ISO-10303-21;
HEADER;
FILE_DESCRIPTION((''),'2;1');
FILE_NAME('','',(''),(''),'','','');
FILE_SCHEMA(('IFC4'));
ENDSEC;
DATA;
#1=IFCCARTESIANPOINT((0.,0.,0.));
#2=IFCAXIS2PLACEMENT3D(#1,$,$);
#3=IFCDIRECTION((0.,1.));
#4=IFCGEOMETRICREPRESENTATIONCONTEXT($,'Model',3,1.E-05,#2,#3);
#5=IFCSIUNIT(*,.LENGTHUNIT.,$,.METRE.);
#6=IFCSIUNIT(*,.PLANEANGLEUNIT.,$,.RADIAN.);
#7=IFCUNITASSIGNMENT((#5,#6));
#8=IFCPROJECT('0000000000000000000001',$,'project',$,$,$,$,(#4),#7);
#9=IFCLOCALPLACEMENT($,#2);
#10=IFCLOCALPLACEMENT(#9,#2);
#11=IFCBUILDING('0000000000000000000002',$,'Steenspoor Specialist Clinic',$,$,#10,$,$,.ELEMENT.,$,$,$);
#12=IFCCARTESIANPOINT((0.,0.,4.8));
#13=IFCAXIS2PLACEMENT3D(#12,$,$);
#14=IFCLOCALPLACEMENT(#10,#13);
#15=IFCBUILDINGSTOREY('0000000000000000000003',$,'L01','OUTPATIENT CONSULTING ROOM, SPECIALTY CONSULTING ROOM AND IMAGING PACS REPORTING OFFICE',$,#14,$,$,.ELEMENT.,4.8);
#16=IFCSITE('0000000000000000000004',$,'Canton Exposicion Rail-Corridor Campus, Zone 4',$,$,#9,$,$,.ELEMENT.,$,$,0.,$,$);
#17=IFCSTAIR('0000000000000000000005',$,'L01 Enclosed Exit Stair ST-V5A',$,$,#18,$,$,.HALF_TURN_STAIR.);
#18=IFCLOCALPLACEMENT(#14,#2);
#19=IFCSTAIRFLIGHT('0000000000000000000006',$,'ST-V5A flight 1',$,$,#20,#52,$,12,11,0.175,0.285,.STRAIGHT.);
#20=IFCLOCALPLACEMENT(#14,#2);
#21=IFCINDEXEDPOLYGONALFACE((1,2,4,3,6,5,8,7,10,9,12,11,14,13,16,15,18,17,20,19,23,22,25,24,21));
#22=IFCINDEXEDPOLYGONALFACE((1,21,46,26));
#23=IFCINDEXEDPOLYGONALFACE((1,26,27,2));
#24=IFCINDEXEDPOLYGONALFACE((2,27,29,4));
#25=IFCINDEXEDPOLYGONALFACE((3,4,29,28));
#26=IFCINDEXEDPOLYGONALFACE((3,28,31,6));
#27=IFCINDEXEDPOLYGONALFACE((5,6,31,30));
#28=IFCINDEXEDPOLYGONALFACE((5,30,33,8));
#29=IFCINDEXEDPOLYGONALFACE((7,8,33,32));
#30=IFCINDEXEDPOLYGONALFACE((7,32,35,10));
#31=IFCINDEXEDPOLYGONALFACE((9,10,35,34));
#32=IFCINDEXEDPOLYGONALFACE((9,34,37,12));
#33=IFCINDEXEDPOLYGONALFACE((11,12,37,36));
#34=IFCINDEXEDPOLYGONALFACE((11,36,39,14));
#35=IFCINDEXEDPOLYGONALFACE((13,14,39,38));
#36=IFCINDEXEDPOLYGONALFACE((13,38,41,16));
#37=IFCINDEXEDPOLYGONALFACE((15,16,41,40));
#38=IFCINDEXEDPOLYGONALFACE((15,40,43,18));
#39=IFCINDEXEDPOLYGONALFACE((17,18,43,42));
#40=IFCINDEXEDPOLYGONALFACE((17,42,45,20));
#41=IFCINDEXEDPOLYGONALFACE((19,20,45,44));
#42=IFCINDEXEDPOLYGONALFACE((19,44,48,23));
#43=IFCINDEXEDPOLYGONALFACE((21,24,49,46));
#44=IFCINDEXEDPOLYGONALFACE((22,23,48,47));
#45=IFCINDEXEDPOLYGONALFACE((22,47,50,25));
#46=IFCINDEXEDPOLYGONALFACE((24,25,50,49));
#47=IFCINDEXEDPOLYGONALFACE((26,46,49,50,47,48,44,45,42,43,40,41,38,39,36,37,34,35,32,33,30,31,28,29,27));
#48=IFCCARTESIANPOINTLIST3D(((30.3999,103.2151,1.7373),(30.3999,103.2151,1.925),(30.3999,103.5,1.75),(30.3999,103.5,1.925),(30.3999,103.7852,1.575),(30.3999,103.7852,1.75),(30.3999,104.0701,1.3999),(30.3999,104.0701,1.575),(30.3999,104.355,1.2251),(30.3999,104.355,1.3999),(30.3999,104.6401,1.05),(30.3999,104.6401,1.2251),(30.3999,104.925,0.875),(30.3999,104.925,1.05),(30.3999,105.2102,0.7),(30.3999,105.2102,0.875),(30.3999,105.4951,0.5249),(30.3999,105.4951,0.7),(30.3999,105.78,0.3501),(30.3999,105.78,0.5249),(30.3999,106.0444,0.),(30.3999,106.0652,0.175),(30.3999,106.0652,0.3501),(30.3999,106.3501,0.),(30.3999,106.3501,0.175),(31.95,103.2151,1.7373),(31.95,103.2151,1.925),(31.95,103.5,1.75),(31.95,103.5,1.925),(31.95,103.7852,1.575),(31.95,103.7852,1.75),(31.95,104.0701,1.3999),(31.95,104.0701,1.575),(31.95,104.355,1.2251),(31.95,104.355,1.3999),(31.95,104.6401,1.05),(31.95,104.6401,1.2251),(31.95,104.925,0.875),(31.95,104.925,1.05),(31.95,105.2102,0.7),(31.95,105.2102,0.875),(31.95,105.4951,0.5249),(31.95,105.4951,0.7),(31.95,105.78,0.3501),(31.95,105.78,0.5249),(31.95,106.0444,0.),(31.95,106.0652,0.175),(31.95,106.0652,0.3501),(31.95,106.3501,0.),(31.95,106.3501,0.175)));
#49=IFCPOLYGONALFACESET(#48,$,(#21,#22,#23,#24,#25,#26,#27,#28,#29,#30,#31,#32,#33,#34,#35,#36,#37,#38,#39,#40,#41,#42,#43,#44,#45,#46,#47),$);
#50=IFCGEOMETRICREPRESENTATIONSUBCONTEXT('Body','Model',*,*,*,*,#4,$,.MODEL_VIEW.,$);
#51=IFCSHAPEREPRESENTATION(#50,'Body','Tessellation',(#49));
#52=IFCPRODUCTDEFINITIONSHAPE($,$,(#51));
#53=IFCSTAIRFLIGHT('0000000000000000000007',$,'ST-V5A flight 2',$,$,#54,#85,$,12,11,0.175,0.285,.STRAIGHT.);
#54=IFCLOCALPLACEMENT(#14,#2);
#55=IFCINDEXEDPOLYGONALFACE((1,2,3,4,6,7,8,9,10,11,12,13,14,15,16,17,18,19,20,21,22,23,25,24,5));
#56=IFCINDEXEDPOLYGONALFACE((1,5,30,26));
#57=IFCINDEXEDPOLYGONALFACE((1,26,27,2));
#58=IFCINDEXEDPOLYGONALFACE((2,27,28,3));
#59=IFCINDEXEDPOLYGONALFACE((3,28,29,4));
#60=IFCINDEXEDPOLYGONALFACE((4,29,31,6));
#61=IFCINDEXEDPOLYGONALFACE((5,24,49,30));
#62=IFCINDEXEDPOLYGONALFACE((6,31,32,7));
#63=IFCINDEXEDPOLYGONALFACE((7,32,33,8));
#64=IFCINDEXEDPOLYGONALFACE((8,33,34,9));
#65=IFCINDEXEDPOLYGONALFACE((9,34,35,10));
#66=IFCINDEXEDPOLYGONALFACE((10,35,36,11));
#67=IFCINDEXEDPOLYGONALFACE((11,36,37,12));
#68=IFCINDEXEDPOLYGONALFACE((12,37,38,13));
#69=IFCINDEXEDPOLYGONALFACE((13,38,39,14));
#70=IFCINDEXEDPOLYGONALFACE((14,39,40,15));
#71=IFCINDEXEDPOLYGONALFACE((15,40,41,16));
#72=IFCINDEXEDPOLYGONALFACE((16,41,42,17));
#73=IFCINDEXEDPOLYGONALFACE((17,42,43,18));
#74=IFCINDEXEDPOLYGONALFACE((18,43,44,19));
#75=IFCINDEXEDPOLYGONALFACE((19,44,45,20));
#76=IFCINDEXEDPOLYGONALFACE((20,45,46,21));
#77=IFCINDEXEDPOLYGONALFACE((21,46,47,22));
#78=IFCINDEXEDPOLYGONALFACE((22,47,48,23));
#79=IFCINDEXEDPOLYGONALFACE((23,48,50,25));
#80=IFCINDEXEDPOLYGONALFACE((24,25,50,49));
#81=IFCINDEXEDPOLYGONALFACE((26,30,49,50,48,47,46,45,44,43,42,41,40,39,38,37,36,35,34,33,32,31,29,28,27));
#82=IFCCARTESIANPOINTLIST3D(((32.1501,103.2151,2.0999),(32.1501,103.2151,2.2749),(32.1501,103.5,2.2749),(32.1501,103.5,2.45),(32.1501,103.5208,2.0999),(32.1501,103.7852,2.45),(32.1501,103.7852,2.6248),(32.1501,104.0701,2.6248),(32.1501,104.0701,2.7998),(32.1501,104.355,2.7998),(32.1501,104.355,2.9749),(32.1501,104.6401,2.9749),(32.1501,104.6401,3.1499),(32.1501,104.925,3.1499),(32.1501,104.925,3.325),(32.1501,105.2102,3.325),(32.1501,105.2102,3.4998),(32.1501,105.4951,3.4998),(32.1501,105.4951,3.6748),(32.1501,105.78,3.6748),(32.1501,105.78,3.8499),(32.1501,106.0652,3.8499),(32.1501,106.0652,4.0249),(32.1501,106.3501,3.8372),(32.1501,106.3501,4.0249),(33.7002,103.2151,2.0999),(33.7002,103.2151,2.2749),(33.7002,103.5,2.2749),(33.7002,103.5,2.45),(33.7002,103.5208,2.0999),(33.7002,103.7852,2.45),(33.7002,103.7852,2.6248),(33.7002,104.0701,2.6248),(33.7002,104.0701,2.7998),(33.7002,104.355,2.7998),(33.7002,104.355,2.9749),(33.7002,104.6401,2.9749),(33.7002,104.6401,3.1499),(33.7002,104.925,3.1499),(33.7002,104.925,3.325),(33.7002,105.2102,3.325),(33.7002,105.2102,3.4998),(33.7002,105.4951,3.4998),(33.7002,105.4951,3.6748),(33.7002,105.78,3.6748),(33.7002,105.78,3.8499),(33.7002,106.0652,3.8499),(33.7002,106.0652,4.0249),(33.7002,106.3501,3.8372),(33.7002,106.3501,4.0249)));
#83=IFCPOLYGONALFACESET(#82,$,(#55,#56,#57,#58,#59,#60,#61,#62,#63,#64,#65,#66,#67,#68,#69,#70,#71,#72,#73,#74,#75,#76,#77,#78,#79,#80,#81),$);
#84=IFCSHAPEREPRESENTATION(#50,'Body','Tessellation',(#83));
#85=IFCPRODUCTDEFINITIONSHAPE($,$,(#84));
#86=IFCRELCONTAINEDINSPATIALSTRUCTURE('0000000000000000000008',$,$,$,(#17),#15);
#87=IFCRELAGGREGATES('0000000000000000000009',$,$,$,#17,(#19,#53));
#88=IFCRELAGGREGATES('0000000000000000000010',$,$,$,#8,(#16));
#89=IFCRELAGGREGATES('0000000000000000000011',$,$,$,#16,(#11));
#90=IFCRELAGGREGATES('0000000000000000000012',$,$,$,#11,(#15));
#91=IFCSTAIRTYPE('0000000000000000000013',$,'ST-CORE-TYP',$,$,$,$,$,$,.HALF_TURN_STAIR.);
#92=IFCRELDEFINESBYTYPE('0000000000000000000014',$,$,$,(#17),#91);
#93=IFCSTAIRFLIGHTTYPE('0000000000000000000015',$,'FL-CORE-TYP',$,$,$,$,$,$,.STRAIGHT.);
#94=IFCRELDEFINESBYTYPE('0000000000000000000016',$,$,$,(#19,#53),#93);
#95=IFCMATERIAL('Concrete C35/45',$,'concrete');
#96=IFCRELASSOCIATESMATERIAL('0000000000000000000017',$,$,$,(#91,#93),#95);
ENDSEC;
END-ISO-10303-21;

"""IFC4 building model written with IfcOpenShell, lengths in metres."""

from ifc_helpers import new_model, si_unit, direction, frame, origin, place, context, subcontext, project, spatial, polyline, outline, extrude, material, type_object, element, aggregate, save


model = new_model("IFC4")

# Units and contexts
model_context = context("Model", 3, precision=1e-05, world=origin(), true_north=direction((0.0, 1.0)))
body_context = subcontext(model_context, "Body", "Model", "MODEL_VIEW")
ifc_project = project(units=[si_unit("LENGTHUNIT", "METRE"), si_unit("PLANEANGLEUNIT", "RADIAN")], contexts=[model_context])

# Site, building, storey
site_placement = place(None, origin())
site = spatial("IfcSite", under=ifc_project, at=site_placement, Name="Canton Exposicion Rail-Corridor Campus, Zone 4", CompositionType="ELEMENT", RefElevation=0.0)
building_placement = place(site_placement, origin())
building = spatial("IfcBuilding", under=site, at=building_placement, Name="Steenspoor Specialist Clinic", CompositionType="ELEMENT")
storey_placement = place(building_placement, frame((0.0, 0.0, 4.8)))
storey = spatial("IfcBuildingStorey", under=building, at=storey_placement, Name="L01", Description="OUTPATIENT CONSULTING ROOM, SPECIALTY CONSULTING ROOM AND IMAGING PACS REPORTING OFFICE", CompositionType="ELEMENT", Elevation=4.8)

# Shared definitions
ifc_material_1 = material(Name="Concrete C35/45", Category="concrete")

# Stair, stair flights
stair_type = type_object("IfcStairType", Name="ST-CORE-TYP", PredefinedType="HALF_TURN_STAIR", material=ifc_material_1)
stair_placement = place(storey_placement, origin())
stair = element("IfcStair", 1, at=stair_placement, inside=storey, type_object=stair_type, Name="L01 Enclosed Exit Stair ST-V5A", PredefinedType="HALF_TURN_STAIR")
stair_flight_type = type_object("IfcStairFlightType", Name="FL-CORE-TYP", PredefinedType="STRAIGHT", material=ifc_material_1)
stair_flight_1_placement = place(storey_placement, frame((31.175, 106.3501, 0.0), z_axis=(0.0, 0.0, 1.0), x_axis=(0.0, -1.0, 0.0)))
stair_flight_1 = element("IfcStairFlight", 2, at=stair_flight_1_placement, type_object=stair_flight_type, Name="ST-V5A flight 1", NumberOfRisers=12, NumberOfTreads=11, PredefinedType="STRAIGHT", RiserHeight=0.175, TreadLength=0.285, context=body_context, shape_type="SweptSolid", body=[
    extrude(outline(polyline([(0.0, 0.0), (0.0, 0.175), (0.2849, 0.175), (0.2849, 0.3501), (0.5701, 0.3501), (0.5701, 0.5249), (0.855, 0.5249), (0.855, 0.7), (1.1399, 0.7), (1.1399, 0.875), (1.425, 0.875), (1.425, 1.05), (1.71, 1.05), (1.71, 1.2251), (1.9951, 1.2251), (1.9951, 1.3999), (2.28, 1.3999), (2.28, 1.575), (2.5649, 1.575), (2.5649, 1.75), (2.8501, 1.75), (2.8501, 1.925), (3.135, 1.925), (3.135, 2.1001), (3.135, 1.7373), (0.3057, 0.0), (0.0, 0.0)])), frame((0.0, 0.7749, 0.0), z_axis=(0.0, -1.0, 0.0), x_axis=(1.0, 0.0, 0.0)), (0.0, 0.0, 1.0), 1.55),
])
stair_flight_2_placement = place(storey_placement, frame((32.925, 103.2151, 2.0999), z_axis=(0.0, 0.0, 1.0), x_axis=(0.0, 1.0, 0.0)))
stair_flight_2 = element("IfcStairFlight", 3, at=stair_flight_2_placement, type_object=stair_flight_type, Name="ST-V5A flight 2", NumberOfRisers=12, NumberOfTreads=11, PredefinedType="STRAIGHT", RiserHeight=0.175, TreadLength=0.285, context=body_context, shape_type="SweptSolid", body=[
    extrude(outline(polyline([(0.0, 0.0), (0.0, 0.175), (0.2849, 0.175), (0.2849, 0.3501), (0.5701, 0.3501), (0.5701, 0.5249), (0.855, 0.5249), (0.855, 0.7), (1.1399, 0.7), (1.1399, 0.875), (1.425, 0.875), (1.425, 1.05), (1.71, 1.05), (1.71, 1.2251), (1.9951, 1.2251), (1.9951, 1.3999), (2.28, 1.3999), (2.28, 1.575), (2.5649, 1.575), (2.5649, 1.75), (2.8501, 1.75), (2.8501, 1.925), (3.135, 1.925), (3.135, 2.1001), (3.135, 1.7373), (0.3057, 0.0), (0.0, 0.0)])), frame((0.0, 0.7749, 0.0), z_axis=(0.0, -1.0, 0.0), x_axis=(1.0, 0.0, 0.0)), (0.0, 0.0, 1.0), 1.55),
])
aggregate(stair, [stair_flight_1, stair_flight_2])

save(model, "model.ifc")
